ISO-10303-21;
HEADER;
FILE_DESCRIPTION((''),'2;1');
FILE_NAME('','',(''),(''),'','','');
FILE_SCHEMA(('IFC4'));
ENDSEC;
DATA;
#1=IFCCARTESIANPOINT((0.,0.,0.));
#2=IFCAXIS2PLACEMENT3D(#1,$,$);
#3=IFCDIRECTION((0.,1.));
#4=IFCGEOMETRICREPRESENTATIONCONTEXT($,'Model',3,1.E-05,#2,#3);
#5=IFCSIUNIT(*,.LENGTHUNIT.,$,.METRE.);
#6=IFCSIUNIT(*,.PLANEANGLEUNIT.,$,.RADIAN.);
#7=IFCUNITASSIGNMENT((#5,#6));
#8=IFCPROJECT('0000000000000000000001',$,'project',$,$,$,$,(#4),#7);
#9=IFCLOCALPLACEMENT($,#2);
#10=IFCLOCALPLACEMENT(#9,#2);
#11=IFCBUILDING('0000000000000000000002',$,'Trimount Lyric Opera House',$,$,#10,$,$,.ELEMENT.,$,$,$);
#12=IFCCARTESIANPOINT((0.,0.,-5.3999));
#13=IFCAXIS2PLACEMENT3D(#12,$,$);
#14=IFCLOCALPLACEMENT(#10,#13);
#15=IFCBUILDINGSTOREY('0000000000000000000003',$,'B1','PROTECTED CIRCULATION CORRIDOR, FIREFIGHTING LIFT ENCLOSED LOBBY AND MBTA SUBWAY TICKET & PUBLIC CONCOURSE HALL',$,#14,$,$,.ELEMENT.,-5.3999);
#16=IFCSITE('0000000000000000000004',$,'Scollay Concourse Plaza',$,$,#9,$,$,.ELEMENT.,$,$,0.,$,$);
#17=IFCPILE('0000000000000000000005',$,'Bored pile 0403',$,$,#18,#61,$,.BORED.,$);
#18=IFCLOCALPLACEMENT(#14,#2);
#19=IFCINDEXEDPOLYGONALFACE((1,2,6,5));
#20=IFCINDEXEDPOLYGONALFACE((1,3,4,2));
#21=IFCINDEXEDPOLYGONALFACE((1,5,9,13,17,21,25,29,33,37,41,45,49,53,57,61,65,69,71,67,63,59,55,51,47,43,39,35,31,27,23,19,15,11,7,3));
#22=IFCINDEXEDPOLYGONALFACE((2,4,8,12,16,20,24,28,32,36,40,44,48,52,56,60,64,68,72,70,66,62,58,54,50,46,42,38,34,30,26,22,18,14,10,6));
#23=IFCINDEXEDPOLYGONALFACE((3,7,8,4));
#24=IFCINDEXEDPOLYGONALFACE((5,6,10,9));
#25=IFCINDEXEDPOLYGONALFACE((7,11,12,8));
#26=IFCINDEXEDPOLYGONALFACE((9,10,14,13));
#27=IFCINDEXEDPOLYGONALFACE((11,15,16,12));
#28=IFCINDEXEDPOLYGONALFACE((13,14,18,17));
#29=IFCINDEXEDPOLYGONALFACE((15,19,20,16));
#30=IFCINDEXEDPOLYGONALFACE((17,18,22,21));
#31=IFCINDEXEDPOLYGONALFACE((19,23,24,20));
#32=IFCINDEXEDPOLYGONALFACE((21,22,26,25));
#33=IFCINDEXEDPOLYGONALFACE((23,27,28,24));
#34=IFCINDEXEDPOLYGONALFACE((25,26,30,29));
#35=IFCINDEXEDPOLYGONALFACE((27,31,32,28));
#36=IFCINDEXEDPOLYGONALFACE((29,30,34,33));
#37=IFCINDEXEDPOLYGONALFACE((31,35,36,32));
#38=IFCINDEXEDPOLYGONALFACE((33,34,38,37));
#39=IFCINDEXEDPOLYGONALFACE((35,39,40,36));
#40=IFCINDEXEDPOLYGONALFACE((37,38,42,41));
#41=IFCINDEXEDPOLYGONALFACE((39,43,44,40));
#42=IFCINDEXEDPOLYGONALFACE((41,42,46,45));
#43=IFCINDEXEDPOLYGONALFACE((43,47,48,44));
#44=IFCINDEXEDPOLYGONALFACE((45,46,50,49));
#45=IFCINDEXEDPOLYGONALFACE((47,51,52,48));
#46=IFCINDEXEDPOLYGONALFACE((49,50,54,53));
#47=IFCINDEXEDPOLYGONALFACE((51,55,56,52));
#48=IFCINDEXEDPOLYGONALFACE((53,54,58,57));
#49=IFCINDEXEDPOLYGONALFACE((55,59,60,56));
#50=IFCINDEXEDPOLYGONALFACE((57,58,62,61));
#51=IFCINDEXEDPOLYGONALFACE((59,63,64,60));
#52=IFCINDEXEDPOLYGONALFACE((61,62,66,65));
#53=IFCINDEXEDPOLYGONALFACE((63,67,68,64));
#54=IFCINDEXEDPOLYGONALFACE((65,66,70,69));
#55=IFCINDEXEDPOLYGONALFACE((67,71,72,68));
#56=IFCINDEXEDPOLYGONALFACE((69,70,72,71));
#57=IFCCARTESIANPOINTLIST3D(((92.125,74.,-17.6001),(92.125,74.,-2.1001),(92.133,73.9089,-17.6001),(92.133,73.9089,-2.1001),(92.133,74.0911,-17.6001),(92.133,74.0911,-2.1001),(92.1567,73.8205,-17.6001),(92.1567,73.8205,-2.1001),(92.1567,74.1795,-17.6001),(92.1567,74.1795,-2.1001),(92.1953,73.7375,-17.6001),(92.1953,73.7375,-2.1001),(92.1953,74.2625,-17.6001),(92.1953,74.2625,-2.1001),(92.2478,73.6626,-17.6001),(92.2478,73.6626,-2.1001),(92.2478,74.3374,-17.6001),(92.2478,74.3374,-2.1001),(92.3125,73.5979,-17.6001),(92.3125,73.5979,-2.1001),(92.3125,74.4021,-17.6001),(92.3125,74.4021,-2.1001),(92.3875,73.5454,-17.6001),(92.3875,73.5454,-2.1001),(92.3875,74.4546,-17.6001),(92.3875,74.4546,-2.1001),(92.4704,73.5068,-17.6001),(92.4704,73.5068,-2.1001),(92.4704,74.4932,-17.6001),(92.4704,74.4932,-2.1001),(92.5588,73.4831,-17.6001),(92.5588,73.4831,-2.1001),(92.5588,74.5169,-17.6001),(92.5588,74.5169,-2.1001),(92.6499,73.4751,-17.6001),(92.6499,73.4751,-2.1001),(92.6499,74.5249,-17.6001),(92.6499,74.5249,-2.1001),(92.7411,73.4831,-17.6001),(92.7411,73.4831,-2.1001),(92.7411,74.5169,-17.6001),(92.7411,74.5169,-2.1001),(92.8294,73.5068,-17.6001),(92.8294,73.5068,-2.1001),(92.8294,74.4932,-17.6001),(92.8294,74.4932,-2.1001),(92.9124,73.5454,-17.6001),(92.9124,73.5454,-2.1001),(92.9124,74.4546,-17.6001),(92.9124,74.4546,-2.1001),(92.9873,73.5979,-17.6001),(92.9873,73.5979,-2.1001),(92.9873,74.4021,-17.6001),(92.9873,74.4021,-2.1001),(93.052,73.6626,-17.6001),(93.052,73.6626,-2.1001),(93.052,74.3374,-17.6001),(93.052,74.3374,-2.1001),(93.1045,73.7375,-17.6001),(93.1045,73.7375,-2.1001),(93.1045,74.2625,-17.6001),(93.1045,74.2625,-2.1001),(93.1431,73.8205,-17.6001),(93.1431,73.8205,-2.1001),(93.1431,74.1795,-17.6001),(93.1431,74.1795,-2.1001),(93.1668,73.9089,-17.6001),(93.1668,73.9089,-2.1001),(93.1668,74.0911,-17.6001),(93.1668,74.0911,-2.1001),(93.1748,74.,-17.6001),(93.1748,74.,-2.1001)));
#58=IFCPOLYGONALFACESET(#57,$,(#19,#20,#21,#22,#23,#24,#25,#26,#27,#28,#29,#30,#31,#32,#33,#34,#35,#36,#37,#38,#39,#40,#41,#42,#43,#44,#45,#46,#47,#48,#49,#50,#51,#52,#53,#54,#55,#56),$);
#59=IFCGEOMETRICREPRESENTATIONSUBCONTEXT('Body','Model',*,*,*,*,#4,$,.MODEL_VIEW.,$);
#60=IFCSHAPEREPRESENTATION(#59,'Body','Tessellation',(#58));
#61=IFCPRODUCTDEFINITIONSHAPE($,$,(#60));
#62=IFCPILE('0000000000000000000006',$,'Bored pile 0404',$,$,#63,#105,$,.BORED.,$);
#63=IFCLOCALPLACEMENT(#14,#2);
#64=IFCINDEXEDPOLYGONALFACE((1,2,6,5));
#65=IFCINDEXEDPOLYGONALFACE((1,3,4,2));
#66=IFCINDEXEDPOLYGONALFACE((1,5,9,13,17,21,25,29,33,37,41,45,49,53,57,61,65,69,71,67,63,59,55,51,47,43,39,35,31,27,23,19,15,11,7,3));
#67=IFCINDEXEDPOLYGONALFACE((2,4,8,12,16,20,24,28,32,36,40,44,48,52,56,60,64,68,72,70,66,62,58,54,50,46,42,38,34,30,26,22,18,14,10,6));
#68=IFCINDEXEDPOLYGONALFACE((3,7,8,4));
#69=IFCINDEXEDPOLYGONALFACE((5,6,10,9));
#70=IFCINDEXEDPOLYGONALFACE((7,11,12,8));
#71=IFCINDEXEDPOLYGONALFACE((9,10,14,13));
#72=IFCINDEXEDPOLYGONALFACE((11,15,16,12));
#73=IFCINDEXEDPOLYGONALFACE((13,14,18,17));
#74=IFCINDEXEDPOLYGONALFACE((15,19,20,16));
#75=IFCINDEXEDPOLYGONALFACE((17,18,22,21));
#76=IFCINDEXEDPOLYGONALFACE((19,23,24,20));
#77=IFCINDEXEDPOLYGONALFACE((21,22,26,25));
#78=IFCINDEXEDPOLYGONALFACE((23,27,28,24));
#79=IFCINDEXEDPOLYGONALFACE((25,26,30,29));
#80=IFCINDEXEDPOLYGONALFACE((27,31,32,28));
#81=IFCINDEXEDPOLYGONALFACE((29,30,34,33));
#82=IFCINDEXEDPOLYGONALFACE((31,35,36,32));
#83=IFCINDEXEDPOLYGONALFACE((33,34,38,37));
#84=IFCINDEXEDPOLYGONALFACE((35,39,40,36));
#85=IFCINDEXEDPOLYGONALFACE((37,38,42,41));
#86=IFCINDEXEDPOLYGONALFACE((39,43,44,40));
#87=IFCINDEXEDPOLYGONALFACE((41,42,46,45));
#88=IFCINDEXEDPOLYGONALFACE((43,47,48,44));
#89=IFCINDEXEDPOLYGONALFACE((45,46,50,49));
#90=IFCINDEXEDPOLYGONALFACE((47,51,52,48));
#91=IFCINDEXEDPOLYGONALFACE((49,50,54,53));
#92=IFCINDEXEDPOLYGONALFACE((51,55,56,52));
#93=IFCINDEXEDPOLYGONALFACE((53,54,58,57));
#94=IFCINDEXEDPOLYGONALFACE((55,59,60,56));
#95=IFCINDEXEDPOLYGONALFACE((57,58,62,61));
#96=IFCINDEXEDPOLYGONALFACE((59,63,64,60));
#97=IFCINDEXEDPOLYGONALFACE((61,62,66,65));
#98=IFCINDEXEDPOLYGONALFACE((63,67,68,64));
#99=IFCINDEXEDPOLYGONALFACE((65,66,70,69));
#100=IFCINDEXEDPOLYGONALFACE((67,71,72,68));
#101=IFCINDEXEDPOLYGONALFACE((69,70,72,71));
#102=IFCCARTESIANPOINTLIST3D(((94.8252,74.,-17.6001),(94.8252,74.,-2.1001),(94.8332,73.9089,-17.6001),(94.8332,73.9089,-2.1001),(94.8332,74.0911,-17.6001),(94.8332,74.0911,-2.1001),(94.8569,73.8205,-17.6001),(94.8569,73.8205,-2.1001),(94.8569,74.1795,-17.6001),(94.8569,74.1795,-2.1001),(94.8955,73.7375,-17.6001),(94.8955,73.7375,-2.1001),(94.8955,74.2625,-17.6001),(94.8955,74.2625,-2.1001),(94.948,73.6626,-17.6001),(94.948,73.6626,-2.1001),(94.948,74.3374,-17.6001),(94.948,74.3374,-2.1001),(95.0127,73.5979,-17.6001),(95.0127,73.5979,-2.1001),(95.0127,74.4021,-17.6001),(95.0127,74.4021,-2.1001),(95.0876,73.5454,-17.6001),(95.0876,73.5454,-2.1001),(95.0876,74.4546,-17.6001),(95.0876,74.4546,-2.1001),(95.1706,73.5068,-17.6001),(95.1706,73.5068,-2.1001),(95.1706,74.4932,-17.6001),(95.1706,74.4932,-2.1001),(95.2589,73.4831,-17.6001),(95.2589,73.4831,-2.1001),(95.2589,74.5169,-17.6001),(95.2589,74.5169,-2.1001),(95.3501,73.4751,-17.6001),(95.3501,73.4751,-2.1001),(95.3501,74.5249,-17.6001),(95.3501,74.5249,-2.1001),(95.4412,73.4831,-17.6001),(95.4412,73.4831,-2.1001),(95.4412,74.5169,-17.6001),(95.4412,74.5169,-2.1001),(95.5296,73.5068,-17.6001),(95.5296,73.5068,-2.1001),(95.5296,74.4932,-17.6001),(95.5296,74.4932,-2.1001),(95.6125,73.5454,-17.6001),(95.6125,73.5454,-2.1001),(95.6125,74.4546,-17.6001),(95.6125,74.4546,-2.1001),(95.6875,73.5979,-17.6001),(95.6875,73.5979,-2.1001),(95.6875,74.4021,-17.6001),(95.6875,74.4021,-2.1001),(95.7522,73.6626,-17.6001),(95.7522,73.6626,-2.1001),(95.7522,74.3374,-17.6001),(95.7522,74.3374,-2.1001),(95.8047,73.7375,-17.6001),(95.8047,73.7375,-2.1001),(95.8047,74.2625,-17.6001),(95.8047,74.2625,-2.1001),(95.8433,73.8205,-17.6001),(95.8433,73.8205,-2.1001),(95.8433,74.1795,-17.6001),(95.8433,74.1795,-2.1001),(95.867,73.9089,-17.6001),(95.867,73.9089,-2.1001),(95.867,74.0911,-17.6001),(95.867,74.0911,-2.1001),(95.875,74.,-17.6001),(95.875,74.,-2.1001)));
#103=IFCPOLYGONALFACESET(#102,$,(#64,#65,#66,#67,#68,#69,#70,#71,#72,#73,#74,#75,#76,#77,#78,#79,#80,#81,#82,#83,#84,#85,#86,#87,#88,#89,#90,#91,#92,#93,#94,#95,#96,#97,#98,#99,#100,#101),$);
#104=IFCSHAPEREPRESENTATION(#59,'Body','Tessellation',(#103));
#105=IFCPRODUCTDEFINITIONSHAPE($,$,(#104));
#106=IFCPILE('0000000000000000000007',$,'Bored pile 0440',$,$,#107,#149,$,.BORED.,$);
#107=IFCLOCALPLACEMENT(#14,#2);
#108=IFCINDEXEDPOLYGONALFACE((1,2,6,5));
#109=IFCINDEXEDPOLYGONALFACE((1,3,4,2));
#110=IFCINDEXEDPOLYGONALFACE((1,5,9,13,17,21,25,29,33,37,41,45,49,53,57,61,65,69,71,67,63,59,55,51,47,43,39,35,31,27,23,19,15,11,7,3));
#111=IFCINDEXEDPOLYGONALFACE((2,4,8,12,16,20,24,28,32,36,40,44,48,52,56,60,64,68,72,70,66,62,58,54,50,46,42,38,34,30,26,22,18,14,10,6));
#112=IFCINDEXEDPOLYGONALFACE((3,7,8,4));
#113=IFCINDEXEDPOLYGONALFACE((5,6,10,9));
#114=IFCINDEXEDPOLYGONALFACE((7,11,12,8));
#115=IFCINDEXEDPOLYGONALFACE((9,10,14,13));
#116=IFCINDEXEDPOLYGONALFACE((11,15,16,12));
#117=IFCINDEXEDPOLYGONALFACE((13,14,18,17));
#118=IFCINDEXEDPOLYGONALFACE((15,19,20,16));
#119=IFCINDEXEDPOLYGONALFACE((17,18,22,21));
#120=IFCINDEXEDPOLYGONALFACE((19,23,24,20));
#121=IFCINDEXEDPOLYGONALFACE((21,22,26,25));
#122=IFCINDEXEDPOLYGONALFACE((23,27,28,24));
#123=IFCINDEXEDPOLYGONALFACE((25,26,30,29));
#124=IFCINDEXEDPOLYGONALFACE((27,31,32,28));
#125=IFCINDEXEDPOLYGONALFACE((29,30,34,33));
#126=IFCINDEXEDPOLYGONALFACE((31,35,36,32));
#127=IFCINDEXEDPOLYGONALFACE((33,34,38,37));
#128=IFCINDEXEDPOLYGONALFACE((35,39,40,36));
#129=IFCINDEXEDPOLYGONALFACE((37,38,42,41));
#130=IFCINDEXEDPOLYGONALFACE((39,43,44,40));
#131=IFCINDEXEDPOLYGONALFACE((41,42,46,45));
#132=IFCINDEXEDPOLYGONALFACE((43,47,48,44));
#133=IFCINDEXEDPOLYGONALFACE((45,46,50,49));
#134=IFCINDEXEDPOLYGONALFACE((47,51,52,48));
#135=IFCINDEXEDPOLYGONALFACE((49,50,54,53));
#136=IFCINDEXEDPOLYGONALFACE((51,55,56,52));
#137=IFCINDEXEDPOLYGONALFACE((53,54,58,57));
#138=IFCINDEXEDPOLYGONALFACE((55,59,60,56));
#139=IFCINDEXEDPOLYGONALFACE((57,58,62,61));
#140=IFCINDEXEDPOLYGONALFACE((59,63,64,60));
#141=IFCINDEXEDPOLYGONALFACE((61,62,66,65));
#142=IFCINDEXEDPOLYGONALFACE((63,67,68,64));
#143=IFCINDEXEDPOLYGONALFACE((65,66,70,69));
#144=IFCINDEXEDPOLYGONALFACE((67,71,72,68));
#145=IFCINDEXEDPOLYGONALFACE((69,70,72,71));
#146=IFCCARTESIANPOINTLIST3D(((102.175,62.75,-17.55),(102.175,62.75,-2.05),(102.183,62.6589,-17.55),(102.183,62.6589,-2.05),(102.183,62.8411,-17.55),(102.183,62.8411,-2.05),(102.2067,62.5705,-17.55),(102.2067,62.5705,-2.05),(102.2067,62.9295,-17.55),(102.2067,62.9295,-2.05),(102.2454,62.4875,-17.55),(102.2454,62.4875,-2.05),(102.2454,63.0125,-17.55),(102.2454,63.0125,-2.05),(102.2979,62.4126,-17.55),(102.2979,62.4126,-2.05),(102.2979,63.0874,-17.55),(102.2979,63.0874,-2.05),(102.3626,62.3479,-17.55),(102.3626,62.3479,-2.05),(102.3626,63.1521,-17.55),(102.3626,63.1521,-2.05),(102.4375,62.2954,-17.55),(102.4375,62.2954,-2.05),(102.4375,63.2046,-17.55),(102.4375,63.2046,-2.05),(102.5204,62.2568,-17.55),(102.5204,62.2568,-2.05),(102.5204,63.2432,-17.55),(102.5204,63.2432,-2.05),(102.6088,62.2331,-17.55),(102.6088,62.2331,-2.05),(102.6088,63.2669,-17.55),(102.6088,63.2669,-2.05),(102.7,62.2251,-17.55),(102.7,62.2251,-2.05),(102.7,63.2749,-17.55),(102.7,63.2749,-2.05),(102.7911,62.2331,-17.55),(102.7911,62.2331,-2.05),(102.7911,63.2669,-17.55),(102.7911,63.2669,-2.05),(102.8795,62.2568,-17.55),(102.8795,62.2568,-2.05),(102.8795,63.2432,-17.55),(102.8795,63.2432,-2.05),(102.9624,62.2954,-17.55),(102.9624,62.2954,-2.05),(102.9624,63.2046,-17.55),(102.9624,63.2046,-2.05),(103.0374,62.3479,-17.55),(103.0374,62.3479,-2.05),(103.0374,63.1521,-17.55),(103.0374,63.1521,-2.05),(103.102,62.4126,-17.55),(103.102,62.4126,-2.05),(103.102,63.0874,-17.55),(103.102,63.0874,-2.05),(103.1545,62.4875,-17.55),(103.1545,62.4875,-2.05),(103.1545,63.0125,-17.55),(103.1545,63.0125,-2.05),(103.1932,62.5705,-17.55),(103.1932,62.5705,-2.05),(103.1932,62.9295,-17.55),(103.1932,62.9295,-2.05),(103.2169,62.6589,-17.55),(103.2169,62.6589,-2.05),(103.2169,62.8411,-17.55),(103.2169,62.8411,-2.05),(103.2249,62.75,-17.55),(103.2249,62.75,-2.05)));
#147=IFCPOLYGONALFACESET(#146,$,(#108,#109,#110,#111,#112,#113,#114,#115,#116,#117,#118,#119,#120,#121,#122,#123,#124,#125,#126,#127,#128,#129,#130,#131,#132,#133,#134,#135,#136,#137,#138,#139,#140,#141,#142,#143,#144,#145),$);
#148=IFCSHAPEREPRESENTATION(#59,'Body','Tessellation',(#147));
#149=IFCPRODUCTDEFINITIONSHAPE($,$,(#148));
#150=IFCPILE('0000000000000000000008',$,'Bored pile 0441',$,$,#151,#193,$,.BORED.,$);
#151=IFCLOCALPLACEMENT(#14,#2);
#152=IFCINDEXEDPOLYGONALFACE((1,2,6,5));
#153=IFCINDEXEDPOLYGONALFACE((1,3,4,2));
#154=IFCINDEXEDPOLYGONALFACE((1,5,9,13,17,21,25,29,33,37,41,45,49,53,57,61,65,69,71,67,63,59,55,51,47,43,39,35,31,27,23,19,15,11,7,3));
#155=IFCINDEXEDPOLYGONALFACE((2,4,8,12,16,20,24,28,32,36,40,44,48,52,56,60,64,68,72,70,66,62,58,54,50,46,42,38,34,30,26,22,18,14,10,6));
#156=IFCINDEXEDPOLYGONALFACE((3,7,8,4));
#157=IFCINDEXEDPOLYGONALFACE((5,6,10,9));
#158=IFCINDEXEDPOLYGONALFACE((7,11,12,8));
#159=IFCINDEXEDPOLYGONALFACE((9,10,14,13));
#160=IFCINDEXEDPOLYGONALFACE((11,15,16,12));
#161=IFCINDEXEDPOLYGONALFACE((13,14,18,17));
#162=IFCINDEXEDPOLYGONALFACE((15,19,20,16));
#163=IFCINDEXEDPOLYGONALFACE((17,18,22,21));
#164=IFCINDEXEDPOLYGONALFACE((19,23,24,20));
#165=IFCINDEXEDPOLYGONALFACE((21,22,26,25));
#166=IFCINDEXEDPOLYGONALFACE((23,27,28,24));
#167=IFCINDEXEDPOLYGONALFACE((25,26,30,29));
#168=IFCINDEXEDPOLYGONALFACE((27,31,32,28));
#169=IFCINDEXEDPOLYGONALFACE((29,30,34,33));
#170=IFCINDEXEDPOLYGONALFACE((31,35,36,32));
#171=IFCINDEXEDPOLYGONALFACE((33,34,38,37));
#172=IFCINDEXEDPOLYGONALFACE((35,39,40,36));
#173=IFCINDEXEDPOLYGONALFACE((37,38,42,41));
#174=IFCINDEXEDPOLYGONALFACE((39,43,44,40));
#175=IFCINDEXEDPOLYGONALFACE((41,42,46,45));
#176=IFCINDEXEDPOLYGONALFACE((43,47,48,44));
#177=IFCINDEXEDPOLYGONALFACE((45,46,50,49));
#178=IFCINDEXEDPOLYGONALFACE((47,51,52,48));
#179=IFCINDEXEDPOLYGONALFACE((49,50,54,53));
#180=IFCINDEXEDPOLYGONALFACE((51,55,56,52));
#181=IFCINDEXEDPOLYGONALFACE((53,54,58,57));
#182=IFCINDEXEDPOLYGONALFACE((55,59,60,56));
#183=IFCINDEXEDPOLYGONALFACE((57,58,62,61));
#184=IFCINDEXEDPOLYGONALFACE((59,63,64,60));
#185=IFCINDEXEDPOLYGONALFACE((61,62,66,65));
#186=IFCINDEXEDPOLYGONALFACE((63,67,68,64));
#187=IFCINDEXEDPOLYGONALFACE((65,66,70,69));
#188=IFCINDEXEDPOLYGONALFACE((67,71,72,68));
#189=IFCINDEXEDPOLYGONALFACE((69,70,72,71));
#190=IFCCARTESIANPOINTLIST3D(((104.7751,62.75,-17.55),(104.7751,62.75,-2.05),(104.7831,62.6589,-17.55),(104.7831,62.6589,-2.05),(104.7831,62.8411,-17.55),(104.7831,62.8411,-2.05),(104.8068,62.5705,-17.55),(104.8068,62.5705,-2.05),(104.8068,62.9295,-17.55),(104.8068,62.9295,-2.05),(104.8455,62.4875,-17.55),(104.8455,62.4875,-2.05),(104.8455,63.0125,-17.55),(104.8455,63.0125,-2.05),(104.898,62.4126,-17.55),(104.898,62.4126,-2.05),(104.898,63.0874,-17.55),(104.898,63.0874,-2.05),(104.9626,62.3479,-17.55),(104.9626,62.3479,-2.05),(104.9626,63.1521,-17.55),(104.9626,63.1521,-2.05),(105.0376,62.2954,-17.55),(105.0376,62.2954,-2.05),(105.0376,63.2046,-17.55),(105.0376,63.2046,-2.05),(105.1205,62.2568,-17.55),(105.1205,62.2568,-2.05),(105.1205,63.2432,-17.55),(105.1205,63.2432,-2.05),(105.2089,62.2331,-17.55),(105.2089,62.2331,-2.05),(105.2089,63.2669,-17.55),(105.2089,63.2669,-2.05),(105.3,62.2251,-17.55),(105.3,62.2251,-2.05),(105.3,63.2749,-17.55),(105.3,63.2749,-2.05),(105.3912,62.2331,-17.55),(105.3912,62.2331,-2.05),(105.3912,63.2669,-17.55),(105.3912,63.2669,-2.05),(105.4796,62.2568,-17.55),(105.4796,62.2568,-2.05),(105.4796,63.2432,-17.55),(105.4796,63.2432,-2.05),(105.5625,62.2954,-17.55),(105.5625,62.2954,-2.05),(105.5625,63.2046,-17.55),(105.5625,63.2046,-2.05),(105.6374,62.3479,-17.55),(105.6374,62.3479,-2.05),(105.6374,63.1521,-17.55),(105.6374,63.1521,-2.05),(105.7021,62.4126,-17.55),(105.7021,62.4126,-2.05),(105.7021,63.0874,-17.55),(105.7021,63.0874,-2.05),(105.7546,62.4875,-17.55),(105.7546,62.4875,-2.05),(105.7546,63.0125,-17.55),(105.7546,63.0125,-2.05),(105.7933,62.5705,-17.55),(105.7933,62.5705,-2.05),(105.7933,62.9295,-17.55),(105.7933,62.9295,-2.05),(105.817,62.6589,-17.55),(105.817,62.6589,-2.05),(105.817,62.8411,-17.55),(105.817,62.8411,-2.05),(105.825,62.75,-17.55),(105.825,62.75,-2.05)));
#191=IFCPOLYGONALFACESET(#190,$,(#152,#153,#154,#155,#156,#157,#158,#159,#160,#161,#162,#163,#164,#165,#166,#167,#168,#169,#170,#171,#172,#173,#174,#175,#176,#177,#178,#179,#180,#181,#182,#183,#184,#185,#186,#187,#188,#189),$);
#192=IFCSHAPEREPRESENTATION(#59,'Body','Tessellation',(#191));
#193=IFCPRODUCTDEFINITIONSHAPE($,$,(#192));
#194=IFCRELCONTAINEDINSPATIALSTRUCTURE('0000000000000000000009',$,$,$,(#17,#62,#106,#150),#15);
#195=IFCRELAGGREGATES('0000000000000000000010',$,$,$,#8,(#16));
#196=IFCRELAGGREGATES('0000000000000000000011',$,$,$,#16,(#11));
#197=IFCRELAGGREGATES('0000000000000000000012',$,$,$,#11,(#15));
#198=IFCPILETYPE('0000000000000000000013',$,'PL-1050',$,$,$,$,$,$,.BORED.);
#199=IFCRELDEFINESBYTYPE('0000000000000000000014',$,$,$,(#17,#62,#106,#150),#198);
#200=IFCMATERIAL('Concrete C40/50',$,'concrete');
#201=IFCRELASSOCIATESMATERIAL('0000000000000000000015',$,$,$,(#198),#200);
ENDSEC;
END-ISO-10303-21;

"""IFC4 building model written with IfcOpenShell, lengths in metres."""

from ifc_helpers import new_model, si_unit, direction, frame, origin, origin_2d, place, context, subcontext, project, spatial, circle, extrude, material, material_profile, profile_set, type_object, element, save


model = new_model("IFC4")

# Units and contexts
model_context = context("Model", 3, precision=1e-05, world=origin(), true_north=direction((0.0, 1.0)))
body_context = subcontext(model_context, "Body", "Model", "MODEL_VIEW")
ifc_project = project(units=[si_unit("LENGTHUNIT", "METRE"), si_unit("PLANEANGLEUNIT", "RADIAN")], contexts=[model_context])

# Site, building, storey
site_placement = place(None, origin())
site = spatial("IfcSite", under=ifc_project, at=site_placement, Name="Scollay Concourse Plaza", CompositionType="ELEMENT", RefElevation=0.0)
building_placement = place(site_placement, origin())
building = spatial("IfcBuilding", under=site, at=building_placement, Name="Trimount Lyric Opera House", CompositionType="ELEMENT")
storey_placement = place(building_placement, frame((0.0, 0.0, -5.3999)))
storey = spatial("IfcBuildingStorey", under=building, at=storey_placement, Name="B1", Description="PROTECTED CIRCULATION CORRIDOR, FIREFIGHTING LIFT ENCLOSED LOBBY AND MBTA SUBWAY TICKET & PUBLIC CONCOURSE HALL", CompositionType="ELEMENT", Elevation=-5.3999)

# Piles
ifc_material_1 = material(Name="Concrete C40/50", Category="concrete")
ifc_material_profile_1 = material_profile(ifc_material_1, circle(Radius=0.5249, at=origin_2d()), Name="PILE-D1050")
ifc_profile_set_1 = profile_set([ifc_material_profile_1], Name="Concrete C40/50")
pile_type_1 = type_object("IfcPileType", Name="PL-1050", PredefinedType="BORED", material=ifc_profile_set_1)
for number, where, z_axis, x_axis, name in (
    (1, (92.6499, 74.0, -2.1001), (0.0, 0.0, -1.0), (1.0, 0.0, 0.0), "Bored pile 0403"),
    (2, (95.3501, 74.0, -2.1001), (0.0, 0.0, -1.0), (1.0, 0.0, 0.0), "Bored pile 0404"),
    (3, (102.7, 62.75, -2.05), (0.0, 0.0, -1.0), (1.0, 0.0, 0.0), "Bored pile 0440"),
    (4, (105.3, 62.75, -2.05), (0.0, 0.0, -1.0), (1.0, 0.0, 0.0), "Bored pile 0441"),
):
    element("IfcPile", number, at=place(storey_placement, frame(where, z_axis=z_axis, x_axis=x_axis)), inside=storey, type_object=pile_type_1, Name=name, PredefinedType="BORED", context=body_context, shape_type="SweptSolid", body=[
        extrude(circle(Radius=0.5249, at=origin_2d()), origin(), (0.0, 0.0, 1.0), 15.5),
    ])

save(model, "model.ifc")
